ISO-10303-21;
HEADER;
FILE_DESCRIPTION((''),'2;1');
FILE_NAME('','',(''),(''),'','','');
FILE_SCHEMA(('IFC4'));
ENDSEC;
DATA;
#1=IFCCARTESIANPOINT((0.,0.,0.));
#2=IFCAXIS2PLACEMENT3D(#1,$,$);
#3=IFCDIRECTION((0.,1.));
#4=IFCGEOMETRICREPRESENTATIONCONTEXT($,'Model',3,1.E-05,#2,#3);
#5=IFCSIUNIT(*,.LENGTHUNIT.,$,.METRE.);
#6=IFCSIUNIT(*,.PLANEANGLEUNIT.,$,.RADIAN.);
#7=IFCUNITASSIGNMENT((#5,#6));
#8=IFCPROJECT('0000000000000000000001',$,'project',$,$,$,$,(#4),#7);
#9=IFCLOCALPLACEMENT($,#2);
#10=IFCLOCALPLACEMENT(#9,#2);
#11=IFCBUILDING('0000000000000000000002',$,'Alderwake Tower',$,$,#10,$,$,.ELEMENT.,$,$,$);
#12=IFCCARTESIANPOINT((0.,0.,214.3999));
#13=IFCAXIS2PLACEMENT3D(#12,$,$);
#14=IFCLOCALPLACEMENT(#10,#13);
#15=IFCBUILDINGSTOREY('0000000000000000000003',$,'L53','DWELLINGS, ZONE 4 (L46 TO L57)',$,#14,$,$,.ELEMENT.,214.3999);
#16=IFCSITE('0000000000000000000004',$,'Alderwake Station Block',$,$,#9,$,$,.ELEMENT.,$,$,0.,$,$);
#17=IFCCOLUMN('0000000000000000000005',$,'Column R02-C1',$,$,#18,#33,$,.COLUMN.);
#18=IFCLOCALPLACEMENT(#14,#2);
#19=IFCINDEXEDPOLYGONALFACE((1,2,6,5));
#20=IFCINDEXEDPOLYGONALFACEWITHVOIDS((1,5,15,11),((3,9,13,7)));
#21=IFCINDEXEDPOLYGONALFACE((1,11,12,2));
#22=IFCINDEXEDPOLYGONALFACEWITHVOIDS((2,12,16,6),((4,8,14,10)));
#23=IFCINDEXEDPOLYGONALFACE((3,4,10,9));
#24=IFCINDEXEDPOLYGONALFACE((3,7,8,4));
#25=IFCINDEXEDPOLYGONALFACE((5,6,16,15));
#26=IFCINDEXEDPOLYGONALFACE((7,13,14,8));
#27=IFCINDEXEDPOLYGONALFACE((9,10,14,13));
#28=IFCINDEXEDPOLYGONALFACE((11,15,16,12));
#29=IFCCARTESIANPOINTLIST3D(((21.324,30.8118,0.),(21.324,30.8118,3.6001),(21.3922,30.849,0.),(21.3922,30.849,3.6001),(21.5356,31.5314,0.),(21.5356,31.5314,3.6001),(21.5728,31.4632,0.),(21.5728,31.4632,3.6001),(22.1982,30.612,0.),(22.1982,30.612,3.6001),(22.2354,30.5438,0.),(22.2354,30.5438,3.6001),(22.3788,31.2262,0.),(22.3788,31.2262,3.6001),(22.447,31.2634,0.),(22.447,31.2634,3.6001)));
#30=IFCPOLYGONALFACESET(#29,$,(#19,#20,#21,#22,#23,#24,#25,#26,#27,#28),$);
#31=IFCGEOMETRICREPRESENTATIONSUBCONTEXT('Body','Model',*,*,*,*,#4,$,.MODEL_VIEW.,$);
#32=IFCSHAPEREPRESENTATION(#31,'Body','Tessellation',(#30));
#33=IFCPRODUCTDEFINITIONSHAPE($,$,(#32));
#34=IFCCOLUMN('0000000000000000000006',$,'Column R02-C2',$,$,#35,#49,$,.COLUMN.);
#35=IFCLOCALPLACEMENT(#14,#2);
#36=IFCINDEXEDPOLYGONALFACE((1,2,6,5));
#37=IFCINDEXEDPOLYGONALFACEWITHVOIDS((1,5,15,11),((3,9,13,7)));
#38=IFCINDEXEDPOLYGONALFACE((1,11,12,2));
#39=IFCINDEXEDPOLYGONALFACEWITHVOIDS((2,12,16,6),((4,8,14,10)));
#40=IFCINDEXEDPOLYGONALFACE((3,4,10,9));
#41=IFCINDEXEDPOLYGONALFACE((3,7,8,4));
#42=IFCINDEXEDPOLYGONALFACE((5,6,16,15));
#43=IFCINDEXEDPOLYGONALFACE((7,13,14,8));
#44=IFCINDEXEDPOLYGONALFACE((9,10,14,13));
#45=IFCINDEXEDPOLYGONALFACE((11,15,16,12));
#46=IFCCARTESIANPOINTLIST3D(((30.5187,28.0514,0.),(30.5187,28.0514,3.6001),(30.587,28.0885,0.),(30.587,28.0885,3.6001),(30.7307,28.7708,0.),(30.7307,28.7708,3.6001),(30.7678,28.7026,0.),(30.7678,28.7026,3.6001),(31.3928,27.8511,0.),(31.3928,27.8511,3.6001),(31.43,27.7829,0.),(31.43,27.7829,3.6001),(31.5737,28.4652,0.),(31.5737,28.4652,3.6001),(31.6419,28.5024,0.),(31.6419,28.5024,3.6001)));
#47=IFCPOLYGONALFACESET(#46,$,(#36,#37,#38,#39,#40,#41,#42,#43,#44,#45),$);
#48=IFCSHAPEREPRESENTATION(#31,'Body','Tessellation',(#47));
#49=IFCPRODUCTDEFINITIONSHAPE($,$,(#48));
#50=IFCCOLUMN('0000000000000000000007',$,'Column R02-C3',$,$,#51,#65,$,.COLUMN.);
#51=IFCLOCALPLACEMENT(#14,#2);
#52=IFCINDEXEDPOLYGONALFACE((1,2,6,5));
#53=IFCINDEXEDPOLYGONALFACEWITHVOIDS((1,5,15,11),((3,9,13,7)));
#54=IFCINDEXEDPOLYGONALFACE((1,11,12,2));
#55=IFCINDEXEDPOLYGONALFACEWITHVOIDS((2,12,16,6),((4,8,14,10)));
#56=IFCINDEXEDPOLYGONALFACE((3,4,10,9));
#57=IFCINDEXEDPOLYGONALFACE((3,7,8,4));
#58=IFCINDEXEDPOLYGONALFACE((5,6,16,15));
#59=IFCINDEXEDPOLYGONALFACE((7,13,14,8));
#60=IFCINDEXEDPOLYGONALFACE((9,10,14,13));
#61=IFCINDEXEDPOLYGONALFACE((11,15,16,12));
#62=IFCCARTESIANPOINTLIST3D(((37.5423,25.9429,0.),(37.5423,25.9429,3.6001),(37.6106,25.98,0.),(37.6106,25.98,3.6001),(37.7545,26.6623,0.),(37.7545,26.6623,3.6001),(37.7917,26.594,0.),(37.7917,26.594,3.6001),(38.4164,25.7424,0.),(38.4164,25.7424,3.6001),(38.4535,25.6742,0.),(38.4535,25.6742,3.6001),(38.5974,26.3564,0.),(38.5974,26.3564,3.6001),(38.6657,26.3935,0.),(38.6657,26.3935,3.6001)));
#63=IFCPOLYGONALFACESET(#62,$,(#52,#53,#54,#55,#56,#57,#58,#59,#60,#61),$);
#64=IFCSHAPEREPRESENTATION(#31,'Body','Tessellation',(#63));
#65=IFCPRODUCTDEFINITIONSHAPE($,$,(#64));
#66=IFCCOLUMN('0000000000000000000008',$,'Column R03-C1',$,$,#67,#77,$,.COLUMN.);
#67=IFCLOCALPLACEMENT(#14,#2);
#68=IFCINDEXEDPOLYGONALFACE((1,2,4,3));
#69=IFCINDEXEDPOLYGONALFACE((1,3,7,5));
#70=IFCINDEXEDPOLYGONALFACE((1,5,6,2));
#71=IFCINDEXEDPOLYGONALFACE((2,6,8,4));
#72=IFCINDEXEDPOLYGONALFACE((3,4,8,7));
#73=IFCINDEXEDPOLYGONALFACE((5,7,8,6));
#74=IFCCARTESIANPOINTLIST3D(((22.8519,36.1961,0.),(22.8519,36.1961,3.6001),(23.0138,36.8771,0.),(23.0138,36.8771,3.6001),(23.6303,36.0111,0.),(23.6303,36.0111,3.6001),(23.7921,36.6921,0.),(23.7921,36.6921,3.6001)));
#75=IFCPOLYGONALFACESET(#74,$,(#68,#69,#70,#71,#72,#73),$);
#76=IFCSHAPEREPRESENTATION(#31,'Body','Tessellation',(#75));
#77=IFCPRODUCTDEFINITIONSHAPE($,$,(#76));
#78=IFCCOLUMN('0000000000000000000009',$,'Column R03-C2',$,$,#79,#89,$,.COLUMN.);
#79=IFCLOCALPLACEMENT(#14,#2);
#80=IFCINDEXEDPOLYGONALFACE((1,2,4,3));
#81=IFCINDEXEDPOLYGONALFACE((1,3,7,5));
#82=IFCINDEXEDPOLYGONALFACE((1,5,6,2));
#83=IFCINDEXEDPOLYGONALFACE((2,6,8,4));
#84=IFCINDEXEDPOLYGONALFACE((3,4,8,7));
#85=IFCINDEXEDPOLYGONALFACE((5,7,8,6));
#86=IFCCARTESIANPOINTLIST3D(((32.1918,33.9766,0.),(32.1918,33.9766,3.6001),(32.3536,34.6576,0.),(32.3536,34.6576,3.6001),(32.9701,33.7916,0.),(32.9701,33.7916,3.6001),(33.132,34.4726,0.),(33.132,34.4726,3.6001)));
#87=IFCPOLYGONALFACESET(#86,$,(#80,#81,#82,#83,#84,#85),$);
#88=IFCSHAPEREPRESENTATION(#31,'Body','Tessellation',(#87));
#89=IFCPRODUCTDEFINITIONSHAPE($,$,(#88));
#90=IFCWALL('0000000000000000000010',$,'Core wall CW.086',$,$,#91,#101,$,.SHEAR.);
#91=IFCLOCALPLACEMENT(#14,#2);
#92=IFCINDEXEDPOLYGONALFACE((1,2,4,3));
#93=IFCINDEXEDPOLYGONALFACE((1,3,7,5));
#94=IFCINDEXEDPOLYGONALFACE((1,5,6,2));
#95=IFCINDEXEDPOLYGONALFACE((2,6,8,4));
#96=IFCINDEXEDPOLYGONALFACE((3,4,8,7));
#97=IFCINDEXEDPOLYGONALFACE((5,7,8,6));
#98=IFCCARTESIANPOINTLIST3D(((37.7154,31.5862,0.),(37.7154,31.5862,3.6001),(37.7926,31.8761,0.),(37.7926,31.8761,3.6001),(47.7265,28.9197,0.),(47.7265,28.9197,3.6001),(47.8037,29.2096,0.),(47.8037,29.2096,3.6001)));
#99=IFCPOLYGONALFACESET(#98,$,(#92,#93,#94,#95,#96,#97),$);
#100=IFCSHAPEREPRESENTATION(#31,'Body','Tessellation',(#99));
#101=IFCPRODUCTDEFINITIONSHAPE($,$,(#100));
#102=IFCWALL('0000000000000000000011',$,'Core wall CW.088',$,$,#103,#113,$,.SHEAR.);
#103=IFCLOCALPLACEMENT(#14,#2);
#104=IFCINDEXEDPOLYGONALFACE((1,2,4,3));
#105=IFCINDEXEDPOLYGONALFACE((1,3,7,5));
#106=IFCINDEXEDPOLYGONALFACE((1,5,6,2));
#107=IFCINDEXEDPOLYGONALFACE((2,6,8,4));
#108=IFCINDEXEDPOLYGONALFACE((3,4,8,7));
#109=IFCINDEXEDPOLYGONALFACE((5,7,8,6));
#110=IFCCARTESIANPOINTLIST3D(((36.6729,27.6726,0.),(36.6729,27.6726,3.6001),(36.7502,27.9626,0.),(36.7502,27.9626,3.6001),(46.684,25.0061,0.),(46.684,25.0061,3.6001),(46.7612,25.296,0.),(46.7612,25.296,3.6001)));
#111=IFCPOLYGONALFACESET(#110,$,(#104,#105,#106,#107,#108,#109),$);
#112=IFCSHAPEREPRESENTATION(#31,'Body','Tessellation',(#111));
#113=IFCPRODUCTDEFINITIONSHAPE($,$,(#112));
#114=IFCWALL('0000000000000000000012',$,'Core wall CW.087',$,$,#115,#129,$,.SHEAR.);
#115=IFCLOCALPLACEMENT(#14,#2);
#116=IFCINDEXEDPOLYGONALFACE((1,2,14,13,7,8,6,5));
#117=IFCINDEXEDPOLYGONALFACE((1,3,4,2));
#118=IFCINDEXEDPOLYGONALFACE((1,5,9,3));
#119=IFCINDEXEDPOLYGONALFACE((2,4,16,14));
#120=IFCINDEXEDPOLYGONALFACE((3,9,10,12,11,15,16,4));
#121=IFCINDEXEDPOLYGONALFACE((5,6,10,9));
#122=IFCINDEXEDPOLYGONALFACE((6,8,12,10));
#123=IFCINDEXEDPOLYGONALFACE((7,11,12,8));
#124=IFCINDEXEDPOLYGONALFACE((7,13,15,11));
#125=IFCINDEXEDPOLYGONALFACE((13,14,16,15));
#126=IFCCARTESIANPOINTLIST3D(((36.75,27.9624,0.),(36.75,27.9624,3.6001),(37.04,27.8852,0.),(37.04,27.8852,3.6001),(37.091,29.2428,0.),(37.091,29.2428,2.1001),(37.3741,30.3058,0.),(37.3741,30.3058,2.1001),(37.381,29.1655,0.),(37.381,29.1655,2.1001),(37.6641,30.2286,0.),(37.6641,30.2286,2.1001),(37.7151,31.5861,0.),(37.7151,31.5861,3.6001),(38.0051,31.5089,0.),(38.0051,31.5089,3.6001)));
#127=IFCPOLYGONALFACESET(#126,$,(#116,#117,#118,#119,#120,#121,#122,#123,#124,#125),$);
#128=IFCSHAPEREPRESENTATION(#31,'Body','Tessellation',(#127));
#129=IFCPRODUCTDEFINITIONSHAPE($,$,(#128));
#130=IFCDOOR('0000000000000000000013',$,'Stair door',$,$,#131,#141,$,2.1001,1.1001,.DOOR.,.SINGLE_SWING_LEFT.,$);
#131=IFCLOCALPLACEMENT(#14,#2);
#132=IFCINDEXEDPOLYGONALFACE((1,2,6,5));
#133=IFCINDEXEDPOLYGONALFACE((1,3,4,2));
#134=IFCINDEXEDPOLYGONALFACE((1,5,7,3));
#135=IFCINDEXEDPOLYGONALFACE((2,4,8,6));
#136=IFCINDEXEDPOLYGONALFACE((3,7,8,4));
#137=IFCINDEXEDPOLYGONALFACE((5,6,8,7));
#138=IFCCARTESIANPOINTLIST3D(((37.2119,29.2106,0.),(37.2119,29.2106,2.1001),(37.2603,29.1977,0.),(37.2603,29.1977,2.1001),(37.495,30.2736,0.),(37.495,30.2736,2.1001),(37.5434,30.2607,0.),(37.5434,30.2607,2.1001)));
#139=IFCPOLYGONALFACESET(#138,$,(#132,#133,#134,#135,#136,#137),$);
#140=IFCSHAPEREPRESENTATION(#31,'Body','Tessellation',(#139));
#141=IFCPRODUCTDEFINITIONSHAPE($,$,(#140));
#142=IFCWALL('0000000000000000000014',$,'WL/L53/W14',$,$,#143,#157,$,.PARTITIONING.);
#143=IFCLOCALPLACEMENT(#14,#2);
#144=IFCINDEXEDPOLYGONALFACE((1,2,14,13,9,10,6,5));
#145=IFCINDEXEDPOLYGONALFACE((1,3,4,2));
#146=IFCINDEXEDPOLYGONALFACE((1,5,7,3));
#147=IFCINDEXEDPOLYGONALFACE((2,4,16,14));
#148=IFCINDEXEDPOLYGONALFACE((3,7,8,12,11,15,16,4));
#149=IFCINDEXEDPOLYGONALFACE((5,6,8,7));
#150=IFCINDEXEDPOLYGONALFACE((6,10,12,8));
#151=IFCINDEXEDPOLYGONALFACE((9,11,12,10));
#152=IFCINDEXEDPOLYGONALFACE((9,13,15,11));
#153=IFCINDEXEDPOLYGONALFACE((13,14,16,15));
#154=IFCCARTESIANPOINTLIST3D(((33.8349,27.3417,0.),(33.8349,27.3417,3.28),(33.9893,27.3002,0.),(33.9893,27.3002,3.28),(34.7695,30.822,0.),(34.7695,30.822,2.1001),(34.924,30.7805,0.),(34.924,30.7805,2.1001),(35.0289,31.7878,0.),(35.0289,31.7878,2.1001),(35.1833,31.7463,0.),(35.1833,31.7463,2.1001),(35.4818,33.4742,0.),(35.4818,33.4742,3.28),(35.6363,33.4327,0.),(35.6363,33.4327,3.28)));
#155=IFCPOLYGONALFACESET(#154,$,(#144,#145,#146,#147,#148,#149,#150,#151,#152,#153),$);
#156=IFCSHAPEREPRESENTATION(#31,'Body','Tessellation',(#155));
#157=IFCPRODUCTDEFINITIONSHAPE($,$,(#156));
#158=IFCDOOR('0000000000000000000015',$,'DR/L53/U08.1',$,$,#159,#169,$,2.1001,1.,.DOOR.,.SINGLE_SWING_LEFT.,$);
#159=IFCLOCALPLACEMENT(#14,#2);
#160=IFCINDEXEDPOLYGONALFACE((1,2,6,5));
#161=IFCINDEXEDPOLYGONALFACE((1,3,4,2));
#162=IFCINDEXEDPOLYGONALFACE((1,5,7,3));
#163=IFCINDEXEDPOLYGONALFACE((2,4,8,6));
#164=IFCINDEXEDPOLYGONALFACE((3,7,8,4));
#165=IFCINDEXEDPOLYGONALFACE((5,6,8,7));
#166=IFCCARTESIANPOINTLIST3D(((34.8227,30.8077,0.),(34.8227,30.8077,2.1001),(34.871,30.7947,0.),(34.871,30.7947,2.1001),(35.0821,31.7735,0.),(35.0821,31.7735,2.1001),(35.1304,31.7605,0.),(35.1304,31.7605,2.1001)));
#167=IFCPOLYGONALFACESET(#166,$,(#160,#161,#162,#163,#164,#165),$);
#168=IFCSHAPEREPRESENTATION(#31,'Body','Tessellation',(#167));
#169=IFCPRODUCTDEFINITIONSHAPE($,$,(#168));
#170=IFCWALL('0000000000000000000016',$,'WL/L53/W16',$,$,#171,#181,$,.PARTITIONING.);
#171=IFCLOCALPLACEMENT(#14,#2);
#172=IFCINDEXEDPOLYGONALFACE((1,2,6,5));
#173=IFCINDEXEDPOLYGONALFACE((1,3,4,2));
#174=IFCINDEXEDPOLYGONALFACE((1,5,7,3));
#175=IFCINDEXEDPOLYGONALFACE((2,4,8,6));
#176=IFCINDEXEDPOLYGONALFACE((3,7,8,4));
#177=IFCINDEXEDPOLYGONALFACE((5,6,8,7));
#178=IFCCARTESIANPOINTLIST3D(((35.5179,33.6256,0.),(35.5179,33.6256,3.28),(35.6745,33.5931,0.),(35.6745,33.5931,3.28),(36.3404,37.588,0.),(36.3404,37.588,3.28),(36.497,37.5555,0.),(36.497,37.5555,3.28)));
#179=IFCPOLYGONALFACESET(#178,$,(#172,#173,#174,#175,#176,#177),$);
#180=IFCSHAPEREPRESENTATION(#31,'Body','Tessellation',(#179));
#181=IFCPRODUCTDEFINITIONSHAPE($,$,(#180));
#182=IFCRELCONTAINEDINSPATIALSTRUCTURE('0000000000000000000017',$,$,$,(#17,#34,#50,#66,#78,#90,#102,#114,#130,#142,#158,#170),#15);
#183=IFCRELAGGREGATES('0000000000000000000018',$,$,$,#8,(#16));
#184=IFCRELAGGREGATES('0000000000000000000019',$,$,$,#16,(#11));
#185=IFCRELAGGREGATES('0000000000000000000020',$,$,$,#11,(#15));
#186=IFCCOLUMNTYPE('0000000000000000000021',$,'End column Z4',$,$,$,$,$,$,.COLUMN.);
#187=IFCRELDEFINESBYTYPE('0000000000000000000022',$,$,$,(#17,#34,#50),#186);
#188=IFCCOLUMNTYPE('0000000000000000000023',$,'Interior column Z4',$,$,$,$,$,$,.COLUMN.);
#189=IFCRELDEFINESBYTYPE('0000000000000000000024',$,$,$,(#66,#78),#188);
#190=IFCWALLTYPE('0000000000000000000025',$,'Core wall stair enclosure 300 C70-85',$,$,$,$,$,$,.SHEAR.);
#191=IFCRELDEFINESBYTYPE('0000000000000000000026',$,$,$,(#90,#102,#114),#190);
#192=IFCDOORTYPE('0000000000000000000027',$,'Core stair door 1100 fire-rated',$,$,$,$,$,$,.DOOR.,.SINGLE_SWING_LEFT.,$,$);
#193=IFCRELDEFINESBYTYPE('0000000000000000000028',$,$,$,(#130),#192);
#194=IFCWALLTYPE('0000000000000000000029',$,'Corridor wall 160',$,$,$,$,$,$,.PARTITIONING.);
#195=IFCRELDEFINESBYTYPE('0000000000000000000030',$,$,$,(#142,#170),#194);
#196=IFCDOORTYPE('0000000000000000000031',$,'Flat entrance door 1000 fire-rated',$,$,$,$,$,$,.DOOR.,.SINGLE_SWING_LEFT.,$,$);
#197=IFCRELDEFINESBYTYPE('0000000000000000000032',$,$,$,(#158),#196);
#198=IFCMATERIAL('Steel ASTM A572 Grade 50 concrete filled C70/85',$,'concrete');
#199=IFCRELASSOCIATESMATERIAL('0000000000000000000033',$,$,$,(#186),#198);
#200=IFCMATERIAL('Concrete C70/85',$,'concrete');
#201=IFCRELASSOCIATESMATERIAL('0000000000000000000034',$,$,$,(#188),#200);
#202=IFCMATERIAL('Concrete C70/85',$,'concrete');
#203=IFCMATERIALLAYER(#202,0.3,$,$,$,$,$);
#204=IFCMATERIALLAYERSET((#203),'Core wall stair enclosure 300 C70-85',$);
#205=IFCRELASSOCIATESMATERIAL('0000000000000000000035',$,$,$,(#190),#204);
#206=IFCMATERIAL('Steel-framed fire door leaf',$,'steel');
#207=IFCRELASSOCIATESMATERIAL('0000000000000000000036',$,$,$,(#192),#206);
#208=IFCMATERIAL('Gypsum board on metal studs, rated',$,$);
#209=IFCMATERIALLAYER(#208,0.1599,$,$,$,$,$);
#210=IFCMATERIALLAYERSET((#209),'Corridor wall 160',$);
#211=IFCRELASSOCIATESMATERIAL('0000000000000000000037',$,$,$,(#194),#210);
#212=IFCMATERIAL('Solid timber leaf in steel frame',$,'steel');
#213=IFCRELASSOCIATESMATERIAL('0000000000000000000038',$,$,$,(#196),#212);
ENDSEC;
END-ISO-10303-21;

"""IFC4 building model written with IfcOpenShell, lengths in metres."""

from ifc_helpers import new_model, si_unit, direction, frame, frame_2d, origin, origin_2d, place, context, subcontext, project, spatial, rectangle, hollow_rectangle, extrude, material, layer, layer_set, material_profile, profile_set, type_object, element, fill, save


model = new_model("IFC4")

# Units and contexts
model_context = context("Model", 3, precision=1e-05, world=origin(), true_north=direction((0.0, 1.0)))
body_context = subcontext(model_context, "Body", "Model", "MODEL_VIEW")
ifc_project = project(units=[si_unit("LENGTHUNIT", "METRE"), si_unit("PLANEANGLEUNIT", "RADIAN")], contexts=[model_context])

# Site, building, storey
site_placement = place(None, origin())
site = spatial("IfcSite", under=ifc_project, at=site_placement, Name="Alderwake Station Block", CompositionType="ELEMENT", RefElevation=0.0)
building_placement = place(site_placement, origin())
building = spatial("IfcBuilding", under=site, at=building_placement, Name="Alderwake Tower", CompositionType="ELEMENT")
storey_placement = place(building_placement, frame((0.0, 0.0, 214.3999)))
storey = spatial("IfcBuildingStorey", under=building, at=storey_placement, Name="L53", Description="DWELLINGS, ZONE 4 (L46 TO L57)", CompositionType="ELEMENT", Elevation=214.3999)

# Columns
ifc_material_1 = material(Name="Steel ASTM A572 Grade 50 concrete filled C70/85", Category="concrete")
ifc_material_profile_1 = material_profile(ifc_material_1, hollow_rectangle(XDim=0.75, YDim=0.95, WallThickness=0.0549, at=origin_2d()), Name="BOX 950X750X55")
ifc_profile_set_1 = profile_set([ifc_material_profile_1], Name="Steel ASTM A572 Grade 50 concrete filled C70/85")
column_type_1 = type_object("IfcColumnType", Name="End column Z4", PredefinedType="COLUMN", material=ifc_profile_set_1)
for number, where, z_axis, x_axis, name in (
    (1, (21.8855, 31.0376, 0.0), (0.0, 0.0, 1.0), (0.282132, 0.959376, 0.0), "Column R02-C1"),
    (2, (31.0803, 28.2769, 0.0), (0.0, 0.0, 1.0), (0.282583, 0.959243, 0.0), "Column R02-C2"),
    (3, (38.104, 26.1682, 0.0), (0.0, 0.0, 1.0), (0.282879, 0.959156, 0.0), "Column R02-C3"),
):
    element("IfcColumn", number, at=place(storey_placement, frame(where, z_axis=z_axis, x_axis=x_axis)), inside=storey, type_object=column_type_1, Name=name, PredefinedType="COLUMN", context=body_context, shape_type="SweptSolid", body=[
        extrude(hollow_rectangle(XDim=0.75, YDim=0.95, WallThickness=0.0549, at=origin_2d()), origin(), (0.0, 0.0, 1.0), 3.6001),
    ])
ifc_material_2 = material(Name="Concrete C70/85", Category="concrete")
ifc_material_profile_2 = material_profile(ifc_material_2, rectangle(XDim=0.7, YDim=0.8, at=origin_2d()), Name="RC 800X700")
ifc_profile_set_2 = profile_set([ifc_material_profile_2], Name="Concrete C70/85")
column_type_2 = type_object("IfcColumnType", Name="Interior column Z4", PredefinedType="COLUMN", material=ifc_profile_set_2)
for number, where, z_axis, x_axis, name in (
    (4, (23.322, 36.4441, 0.0), (0.0, 0.0, 1.0), (0.231222, 0.972901, 0.0), "Column R03-C1"),
    (5, (32.6619, 34.2246, 0.0), (0.0, 0.0, 1.0), (0.231222, 0.972901, 0.0), "Column R03-C2"),
):
    element("IfcColumn", number, at=place(storey_placement, frame(where, z_axis=z_axis, x_axis=x_axis)), inside=storey, type_object=column_type_2, Name=name, PredefinedType="COLUMN", context=body_context, shape_type="SweptSolid", body=[
        extrude(rectangle(XDim=0.7, YDim=0.8, at=origin_2d()), origin(), (0.0, 0.0, 1.0), 3.6001),
    ])

# Walls
ifc_material_3 = material(Name="Concrete C70/85", Category="concrete")
ifc_layer_1 = layer(ifc_material_3, 0.3)
ifc_layer_set_1 = layer_set([ifc_layer_1], Name="Core wall stair enclosure 300 C70-85")
wall_type_1 = type_object("IfcWallType", Name="Core wall stair enclosure 300 C70-85", PredefinedType="SHEAR", material=ifc_layer_set_1)
for number, where, z_axis, x_axis, name in (
    (6, (37.7539, 31.7312, 0.0), (0.0, 0.0, 1.0), (0.966309, -0.257384, 0.0), "Core wall CW.086"),
    (7, (36.7114, 27.8176, 0.0), (0.0, 0.0, 1.0), (0.966309, -0.257384, 0.0), "Core wall CW.088"),
):
    element("IfcWall", number, at=place(storey_placement, frame(where, z_axis=z_axis, x_axis=x_axis)), inside=storey, type_object=wall_type_1, Name=name, PredefinedType="SHEAR", context=body_context, shape_type="SweptSolid", body=[
        extrude(rectangle(XDim=10.3601, YDim=0.3, at=frame_2d((5.1802, 0.0))), origin(), (0.0, 0.0, 1.0), 3.6001),
    ])

# Walls, openings, doors
wall_1_placement = place(storey_placement, frame((36.895, 27.9238, 0.0), z_axis=(0.0, 0.0, 1.0), x_axis=(0.257351, 0.966318, 0.0)))
wall_1 = element("IfcWall", 8, at=wall_1_placement, inside=storey, type_object=wall_type_1, Name="Core wall CW.087", PredefinedType="SHEAR", context=body_context, shape_type="SweptSolid", body=[
    extrude(rectangle(XDim=3.75, YDim=0.3, at=frame_2d((1.875, 0.0))), origin(), (0.0, 0.0, 1.0), 3.6001),
])
opening_1_placement = place(wall_1_placement, frame((1.325, 0.0, 0.0)))
opening_1 = element("IfcOpeningElement", 9, at=opening_1_placement, cuts=wall_1, PredefinedType="OPENING", context=body_context, shape_type="SweptSolid", body=[
    extrude(rectangle(XDim=1.1001, YDim=2.1001, at=frame_2d((0.55, 1.05))), frame((0.0, 0.1599, 0.0), z_axis=(0.0, -1.0, 0.0), x_axis=(1.0, 0.0, 0.0)), (0.0, 0.0, 1.0), 0.3201),
])
ifc_material_4 = material(Name="Steel-framed fire door leaf", Category="steel")
door_type_1 = type_object("IfcDoorType", Name="Core stair door 1100 fire-rated", OperationType="SINGLE_SWING_LEFT", PredefinedType="DOOR", material=ifc_material_4)
door_1_placement = place(opening_1_placement, origin())
door_1 = element("IfcDoor", 10, at=door_1_placement, inside=storey, type_object=door_type_1, Name="Stair door", OperationType="SINGLE_SWING_LEFT", OverallHeight=2.1001, OverallWidth=1.1001, PredefinedType="DOOR", context=body_context, shape_type="SweptSolid", body=[
    extrude(rectangle(XDim=1.1001, YDim=2.1001, at=frame_2d((0.55, 1.05))), frame((0.0, 0.0249, 0.0), z_axis=(0.0, -1.0, 0.0), x_axis=(1.0, 0.0, 0.0)), (0.0, 0.0, 1.0), 0.05),
])
fill(opening_1, door_1)
ifc_material_5 = material(Name="Gypsum board on metal studs, rated")
ifc_layer_2 = layer(ifc_material_5, 0.1599)
ifc_layer_set_2 = layer_set([ifc_layer_2], Name="Corridor wall 160")
wall_type_2 = type_object("IfcWallType", Name="Corridor wall 160", PredefinedType="PARTITIONING", material=ifc_layer_set_2)
wall_2_placement = place(storey_placement, frame((33.9121, 27.321, 0.0), z_axis=(0.0, 0.0, 1.0), x_axis=(0.259371, 0.965778, 0.0)))
wall_2 = element("IfcWall", 11, at=wall_2_placement, inside=storey, type_object=wall_type_2, Name="WL/L53/W14", PredefinedType="PARTITIONING", context=body_context, shape_type="SweptSolid", body=[
    extrude(rectangle(XDim=6.3499, YDim=0.1599, at=frame_2d((3.1748, 0.0))), origin(), (0.0, 0.0, 1.0), 3.28),
])
opening_2_placement = place(wall_2_placement, frame((3.6035, 0.0, 0.0)))
opening_2 = element("IfcOpeningElement", 12, at=opening_2_placement, cuts=wall_2, PredefinedType="OPENING", context=body_context, shape_type="SweptSolid", body=[
    extrude(rectangle(XDim=1.0, YDim=2.1001, at=frame_2d((0.5, 1.05))), frame((0.0, 0.0898, 0.0), z_axis=(0.0, -1.0, 0.0), x_axis=(1.0, 0.0, 0.0)), (0.0, 0.0, 1.0), 0.1799),
])
ifc_material_6 = material(Name="Solid timber leaf in steel frame", Category="steel")
door_type_2 = type_object("IfcDoorType", Name="Flat entrance door 1000 fire-rated", OperationType="SINGLE_SWING_LEFT", PredefinedType="DOOR", material=ifc_material_6)
door_2_placement = place(opening_2_placement, origin())
door_2 = element("IfcDoor", 13, at=door_2_placement, inside=storey, type_object=door_type_2, Name="DR/L53/U08.1", OperationType="SINGLE_SWING_LEFT", OverallHeight=2.1001, OverallWidth=1.0, PredefinedType="DOOR", context=body_context, shape_type="SweptSolid", body=[
    extrude(rectangle(XDim=1.0, YDim=2.1001, at=frame_2d((0.5, 1.05))), frame((0.0, 0.0249, 0.0), z_axis=(0.0, -1.0, 0.0), x_axis=(1.0, 0.0, 0.0)), (0.0, 0.0, 1.0), 0.05),
])
fill(opening_2, door_2)

# Wall
wall_3_placement = place(storey_placement, frame((36.4187, 37.5718, 0.0), z_axis=(0.0, 0.0, 1.0), x_axis=(-0.203246, -0.979128, 0.0)))
element("IfcWall", 14, at=wall_3_placement, inside=storey, type_object=wall_type_2, Name="WL/L53/W16", PredefinedType="PARTITIONING", context=body_context, shape_type="SweptSolid", body=[
    extrude(rectangle(XDim=4.0469, YDim=0.1599, at=frame_2d((2.0234, 0.0))), origin(), (0.0, 0.0, 1.0), 3.28),
])

save(model, "model.ifc")
